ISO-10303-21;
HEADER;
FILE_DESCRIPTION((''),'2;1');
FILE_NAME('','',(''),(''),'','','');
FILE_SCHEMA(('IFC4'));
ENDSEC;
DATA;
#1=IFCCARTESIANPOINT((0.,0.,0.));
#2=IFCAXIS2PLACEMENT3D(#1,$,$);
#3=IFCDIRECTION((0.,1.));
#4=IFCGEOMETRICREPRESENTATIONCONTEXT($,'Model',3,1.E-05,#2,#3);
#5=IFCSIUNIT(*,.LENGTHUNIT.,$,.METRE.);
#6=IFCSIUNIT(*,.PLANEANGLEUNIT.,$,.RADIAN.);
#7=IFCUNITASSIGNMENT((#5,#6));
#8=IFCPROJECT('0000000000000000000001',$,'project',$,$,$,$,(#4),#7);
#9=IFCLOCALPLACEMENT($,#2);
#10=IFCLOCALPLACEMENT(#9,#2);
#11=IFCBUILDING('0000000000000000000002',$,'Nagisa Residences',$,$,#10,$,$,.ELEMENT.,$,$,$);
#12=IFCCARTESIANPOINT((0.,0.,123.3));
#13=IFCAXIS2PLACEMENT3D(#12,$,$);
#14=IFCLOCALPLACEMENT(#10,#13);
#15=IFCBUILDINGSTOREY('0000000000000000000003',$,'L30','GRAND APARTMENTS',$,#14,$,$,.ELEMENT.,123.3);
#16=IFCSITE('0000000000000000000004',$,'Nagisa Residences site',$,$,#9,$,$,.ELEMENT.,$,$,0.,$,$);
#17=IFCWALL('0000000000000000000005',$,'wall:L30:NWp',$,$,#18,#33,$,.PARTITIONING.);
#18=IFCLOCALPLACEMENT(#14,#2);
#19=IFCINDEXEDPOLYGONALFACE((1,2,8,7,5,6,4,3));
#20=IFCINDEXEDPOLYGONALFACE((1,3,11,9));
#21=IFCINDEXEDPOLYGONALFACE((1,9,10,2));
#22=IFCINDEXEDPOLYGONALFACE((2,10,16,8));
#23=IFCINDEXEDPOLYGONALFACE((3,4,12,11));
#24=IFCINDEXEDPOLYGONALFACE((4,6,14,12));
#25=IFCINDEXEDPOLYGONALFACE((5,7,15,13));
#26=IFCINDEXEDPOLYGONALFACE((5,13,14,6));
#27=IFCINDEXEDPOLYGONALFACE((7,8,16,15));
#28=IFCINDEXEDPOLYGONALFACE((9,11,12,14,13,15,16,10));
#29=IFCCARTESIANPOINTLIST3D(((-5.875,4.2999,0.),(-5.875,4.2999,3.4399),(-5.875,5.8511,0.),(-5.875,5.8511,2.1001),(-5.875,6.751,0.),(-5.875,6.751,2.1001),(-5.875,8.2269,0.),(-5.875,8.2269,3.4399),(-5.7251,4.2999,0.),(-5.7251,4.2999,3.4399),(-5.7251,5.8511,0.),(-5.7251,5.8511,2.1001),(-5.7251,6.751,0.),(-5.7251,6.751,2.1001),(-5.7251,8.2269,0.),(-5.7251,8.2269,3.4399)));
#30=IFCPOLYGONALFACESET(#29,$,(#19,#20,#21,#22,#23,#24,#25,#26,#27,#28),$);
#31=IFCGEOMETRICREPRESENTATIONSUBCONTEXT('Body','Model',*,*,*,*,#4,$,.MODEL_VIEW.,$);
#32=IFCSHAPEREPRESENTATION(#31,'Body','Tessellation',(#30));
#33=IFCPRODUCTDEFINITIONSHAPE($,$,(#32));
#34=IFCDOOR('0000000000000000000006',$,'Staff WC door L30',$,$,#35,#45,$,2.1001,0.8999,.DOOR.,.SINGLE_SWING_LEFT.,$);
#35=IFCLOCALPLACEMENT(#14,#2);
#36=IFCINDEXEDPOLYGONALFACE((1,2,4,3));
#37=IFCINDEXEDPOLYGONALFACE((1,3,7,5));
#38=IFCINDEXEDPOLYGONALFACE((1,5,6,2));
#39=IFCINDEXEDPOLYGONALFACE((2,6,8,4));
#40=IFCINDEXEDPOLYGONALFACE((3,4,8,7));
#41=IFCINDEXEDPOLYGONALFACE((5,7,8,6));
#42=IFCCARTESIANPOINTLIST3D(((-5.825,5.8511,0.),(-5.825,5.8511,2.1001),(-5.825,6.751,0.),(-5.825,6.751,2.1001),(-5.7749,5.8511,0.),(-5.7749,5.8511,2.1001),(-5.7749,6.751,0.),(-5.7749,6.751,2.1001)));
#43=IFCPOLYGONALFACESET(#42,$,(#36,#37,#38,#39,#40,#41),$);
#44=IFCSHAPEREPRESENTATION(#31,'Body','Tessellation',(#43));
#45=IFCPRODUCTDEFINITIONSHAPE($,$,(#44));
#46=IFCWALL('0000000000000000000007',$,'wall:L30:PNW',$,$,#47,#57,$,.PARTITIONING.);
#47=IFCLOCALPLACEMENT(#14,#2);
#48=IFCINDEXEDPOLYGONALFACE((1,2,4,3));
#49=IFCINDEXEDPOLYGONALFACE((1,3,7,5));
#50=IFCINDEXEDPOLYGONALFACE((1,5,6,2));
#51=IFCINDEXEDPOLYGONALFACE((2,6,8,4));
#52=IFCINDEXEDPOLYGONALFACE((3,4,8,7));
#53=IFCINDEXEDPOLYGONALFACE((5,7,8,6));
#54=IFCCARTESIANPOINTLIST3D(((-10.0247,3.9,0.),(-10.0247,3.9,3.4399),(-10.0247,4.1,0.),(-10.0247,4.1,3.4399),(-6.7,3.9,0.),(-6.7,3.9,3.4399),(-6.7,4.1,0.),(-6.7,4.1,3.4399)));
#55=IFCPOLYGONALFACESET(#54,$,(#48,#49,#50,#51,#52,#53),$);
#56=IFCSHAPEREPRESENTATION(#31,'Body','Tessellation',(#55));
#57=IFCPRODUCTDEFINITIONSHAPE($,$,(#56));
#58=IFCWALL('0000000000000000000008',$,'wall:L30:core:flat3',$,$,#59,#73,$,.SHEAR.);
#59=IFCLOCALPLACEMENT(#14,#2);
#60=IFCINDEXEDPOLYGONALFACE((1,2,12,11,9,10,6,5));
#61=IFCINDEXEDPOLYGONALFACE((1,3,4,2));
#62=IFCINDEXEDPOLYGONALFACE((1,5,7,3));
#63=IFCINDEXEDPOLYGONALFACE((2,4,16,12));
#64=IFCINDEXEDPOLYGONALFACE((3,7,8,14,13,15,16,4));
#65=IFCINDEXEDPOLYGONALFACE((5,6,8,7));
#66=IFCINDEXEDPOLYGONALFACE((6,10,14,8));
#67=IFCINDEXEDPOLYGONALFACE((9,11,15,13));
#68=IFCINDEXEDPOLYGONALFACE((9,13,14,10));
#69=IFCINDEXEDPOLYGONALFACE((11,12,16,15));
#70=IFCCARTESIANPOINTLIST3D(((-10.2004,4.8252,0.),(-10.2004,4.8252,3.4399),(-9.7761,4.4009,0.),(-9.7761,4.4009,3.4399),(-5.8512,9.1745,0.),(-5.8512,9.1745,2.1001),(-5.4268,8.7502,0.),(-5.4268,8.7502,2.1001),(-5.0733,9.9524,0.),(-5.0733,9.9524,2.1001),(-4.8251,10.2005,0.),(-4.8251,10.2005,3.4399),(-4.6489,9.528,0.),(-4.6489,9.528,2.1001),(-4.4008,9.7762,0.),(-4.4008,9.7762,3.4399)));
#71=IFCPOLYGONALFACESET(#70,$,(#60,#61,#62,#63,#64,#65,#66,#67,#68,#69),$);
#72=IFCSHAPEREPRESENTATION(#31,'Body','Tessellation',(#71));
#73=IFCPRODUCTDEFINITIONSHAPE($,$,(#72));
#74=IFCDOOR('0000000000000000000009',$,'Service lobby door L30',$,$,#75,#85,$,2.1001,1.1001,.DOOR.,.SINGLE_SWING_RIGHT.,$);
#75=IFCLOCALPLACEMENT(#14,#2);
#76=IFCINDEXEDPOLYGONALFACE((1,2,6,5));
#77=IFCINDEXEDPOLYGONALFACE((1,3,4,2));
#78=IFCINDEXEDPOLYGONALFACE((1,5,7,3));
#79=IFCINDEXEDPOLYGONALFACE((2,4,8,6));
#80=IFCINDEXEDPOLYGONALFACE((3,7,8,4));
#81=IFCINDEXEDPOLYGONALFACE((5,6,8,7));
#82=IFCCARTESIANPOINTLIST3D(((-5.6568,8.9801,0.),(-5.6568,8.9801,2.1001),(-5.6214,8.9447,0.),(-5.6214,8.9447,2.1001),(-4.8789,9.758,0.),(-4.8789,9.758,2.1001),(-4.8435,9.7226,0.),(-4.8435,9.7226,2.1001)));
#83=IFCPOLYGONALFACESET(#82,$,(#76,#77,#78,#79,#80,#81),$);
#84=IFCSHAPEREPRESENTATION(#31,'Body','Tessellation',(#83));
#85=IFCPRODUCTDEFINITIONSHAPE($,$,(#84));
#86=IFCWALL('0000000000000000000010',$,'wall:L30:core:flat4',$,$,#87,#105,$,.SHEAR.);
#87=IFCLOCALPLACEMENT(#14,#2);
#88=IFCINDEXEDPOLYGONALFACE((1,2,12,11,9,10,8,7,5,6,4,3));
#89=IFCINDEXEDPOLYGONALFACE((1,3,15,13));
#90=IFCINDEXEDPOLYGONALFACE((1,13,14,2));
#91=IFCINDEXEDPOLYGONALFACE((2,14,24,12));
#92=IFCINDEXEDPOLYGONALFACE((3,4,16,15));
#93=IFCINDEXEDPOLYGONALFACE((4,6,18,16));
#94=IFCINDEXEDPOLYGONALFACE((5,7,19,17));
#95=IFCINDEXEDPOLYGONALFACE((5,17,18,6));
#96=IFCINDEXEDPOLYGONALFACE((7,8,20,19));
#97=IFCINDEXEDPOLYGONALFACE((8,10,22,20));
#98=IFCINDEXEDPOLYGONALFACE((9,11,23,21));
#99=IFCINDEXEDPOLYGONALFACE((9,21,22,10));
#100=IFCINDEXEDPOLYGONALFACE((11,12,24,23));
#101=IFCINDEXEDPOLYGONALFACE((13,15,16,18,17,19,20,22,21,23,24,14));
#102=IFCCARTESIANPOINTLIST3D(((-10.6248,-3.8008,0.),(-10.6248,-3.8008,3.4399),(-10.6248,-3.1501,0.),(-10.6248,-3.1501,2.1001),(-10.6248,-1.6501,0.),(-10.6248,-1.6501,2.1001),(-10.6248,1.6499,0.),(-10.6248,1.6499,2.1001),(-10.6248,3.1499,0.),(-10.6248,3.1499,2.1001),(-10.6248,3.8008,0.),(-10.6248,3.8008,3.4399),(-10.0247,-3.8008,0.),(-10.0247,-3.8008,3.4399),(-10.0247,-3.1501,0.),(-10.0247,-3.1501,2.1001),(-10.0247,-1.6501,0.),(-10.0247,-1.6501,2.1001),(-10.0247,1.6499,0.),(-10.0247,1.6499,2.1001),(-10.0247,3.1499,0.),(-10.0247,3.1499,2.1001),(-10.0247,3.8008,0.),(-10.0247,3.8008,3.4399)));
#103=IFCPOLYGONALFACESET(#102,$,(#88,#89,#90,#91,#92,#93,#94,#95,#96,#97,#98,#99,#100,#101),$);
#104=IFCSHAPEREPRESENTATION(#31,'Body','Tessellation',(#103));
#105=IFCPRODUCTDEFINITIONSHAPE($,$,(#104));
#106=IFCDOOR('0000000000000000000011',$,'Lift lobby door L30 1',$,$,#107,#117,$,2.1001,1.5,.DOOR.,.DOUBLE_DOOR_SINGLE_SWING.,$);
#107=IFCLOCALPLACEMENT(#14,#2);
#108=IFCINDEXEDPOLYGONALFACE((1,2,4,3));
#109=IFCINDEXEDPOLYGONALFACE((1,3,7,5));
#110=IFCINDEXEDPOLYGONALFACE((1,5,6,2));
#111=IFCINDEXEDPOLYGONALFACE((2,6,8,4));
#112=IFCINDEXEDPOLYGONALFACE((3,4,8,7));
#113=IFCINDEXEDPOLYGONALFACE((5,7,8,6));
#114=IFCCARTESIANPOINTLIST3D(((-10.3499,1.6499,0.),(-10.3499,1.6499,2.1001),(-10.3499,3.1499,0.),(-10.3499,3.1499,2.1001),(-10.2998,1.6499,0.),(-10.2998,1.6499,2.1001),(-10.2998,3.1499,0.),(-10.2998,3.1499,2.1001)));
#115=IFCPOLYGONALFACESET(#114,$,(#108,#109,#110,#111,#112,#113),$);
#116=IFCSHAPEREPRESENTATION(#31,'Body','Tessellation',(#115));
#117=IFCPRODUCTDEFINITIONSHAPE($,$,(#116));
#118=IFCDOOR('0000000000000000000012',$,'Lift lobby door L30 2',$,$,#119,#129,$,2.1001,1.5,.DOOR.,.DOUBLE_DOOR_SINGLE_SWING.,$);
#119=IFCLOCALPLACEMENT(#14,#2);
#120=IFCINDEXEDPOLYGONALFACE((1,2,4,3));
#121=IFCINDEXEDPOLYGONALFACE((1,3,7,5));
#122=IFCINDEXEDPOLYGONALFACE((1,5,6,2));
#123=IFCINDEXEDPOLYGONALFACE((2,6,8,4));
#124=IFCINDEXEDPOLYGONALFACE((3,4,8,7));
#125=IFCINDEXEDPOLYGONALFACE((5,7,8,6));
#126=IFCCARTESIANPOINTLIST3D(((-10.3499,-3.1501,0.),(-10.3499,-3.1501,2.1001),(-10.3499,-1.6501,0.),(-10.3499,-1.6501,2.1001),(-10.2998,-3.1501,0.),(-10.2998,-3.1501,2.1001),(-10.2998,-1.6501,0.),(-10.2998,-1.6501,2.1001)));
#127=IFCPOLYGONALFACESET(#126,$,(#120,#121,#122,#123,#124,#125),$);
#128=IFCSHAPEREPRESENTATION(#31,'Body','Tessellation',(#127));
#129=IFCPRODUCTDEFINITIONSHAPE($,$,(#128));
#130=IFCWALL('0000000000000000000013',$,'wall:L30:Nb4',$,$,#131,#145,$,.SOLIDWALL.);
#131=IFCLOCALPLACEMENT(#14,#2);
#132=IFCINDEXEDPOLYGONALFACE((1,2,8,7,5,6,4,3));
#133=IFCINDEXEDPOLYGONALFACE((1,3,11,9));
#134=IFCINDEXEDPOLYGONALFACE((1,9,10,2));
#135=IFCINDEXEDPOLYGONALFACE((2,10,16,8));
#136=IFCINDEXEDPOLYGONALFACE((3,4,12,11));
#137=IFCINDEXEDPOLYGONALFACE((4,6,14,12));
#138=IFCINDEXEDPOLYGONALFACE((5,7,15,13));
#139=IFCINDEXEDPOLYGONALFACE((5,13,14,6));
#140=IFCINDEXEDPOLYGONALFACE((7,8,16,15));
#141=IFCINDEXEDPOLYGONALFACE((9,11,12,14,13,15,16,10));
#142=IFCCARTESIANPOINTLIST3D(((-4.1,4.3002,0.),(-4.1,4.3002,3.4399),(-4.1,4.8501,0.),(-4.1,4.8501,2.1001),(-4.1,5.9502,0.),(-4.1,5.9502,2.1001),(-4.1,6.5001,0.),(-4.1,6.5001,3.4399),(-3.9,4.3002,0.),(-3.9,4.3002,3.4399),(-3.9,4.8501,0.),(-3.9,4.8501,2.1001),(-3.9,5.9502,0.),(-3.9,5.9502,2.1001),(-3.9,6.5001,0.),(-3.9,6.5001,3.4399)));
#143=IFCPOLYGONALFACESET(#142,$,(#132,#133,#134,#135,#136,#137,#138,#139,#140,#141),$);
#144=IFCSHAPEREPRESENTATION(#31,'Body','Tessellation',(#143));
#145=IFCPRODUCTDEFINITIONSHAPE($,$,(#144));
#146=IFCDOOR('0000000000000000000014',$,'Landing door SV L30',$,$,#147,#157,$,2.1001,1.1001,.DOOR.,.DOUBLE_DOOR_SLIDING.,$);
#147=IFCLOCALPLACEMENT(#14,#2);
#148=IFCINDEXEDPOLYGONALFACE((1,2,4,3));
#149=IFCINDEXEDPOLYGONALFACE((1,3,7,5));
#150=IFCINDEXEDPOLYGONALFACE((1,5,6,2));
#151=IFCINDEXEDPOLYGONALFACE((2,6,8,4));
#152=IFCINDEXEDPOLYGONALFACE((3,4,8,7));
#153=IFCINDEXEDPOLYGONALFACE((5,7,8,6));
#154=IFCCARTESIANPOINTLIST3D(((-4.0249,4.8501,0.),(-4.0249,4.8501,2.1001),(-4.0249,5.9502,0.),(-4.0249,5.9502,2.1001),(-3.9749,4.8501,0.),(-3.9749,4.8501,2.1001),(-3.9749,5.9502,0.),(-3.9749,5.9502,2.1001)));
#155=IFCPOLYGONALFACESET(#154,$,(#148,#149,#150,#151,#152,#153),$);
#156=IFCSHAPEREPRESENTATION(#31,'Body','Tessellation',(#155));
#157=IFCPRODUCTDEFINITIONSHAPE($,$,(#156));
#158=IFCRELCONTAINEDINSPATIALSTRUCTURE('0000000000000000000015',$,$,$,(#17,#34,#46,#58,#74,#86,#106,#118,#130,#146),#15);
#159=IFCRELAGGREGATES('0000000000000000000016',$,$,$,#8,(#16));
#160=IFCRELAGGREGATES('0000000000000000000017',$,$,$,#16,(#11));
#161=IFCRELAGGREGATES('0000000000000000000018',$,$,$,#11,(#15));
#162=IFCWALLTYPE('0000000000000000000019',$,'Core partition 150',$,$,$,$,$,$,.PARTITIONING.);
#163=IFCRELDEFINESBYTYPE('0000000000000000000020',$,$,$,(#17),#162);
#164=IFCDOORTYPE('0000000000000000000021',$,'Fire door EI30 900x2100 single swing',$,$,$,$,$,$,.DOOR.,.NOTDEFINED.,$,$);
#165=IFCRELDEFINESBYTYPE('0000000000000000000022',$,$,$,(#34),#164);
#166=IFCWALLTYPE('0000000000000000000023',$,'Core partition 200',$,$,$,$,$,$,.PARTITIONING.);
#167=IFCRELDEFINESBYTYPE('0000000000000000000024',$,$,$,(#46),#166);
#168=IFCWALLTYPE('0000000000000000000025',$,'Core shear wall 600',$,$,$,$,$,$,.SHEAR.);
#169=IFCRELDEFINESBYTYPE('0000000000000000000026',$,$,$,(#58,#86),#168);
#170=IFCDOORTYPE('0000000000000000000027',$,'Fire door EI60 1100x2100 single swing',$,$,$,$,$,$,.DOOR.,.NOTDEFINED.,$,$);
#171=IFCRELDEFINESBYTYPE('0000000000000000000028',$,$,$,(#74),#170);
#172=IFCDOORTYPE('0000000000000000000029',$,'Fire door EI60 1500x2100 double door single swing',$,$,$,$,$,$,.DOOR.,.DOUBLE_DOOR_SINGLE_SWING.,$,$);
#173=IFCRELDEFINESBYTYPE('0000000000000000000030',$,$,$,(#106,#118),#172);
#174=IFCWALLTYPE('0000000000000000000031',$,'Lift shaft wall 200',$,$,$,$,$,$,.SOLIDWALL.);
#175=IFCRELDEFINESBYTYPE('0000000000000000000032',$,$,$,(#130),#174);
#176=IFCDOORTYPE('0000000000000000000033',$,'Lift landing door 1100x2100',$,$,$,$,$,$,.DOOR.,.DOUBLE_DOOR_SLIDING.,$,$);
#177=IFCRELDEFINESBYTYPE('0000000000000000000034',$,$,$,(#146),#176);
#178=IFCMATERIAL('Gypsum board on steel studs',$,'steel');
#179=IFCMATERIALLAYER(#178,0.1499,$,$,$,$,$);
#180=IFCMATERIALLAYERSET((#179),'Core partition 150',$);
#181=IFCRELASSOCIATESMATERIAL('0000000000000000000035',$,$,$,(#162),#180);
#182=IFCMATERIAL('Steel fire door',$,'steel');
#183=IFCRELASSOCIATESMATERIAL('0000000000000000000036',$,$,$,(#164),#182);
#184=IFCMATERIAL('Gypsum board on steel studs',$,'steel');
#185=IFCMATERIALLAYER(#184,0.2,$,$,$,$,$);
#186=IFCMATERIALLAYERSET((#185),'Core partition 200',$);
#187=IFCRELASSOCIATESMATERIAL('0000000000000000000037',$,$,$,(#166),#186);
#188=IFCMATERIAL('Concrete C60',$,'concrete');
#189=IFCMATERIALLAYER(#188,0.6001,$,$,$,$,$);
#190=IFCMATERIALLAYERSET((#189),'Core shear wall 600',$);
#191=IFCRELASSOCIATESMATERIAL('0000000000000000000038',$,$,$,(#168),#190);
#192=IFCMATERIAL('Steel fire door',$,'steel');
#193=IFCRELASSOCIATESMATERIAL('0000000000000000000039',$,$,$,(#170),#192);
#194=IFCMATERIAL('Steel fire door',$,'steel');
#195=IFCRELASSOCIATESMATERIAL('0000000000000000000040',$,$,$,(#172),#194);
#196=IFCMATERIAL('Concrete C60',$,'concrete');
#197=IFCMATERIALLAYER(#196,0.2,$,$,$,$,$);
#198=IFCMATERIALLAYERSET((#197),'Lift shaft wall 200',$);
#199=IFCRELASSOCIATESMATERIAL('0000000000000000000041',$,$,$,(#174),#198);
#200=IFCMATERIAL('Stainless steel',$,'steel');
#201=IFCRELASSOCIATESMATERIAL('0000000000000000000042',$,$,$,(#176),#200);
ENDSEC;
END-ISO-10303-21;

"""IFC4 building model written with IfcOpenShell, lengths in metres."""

from ifc_helpers import new_model, si_unit, direction, frame, frame_2d, origin, place, context, subcontext, project, spatial, rectangle, extrude, material, layer, layer_set, type_object, element, fill, save


model = new_model("IFC4")

# Units and contexts
model_context = context("Model", 3, precision=1e-05, world=origin(), true_north=direction((0.0, 1.0)))
body_context = subcontext(model_context, "Body", "Model", "MODEL_VIEW")
ifc_project = project(units=[si_unit("LENGTHUNIT", "METRE"), si_unit("PLANEANGLEUNIT", "RADIAN")], contexts=[model_context])

# Site, building, storey
site_placement = place(None, origin())
site = spatial("IfcSite", under=ifc_project, at=site_placement, Name="Nagisa Residences site", CompositionType="ELEMENT", RefElevation=0.0)
building_placement = place(site_placement, origin())
building = spatial("IfcBuilding", under=site, at=building_placement, Name="Nagisa Residences", CompositionType="ELEMENT")
storey_placement = place(building_placement, frame((0.0, 0.0, 123.3)))
storey = spatial("IfcBuildingStorey", under=building, at=storey_placement, Name="L30", Description="GRAND APARTMENTS", CompositionType="ELEMENT", Elevation=123.3)

# Wall, opening, door
ifc_material_1 = material(Name="Gypsum board on steel studs", Category="steel")
ifc_layer_1 = layer(ifc_material_1, 0.1499)
ifc_layer_set_1 = layer_set([ifc_layer_1], Name="Core partition 150")
wall_type_1 = type_object("IfcWallType", Name="Core partition 150", PredefinedType="PARTITIONING", material=ifc_layer_set_1)
wall_1_placement = place(storey_placement, frame((-5.8, 4.3, 0.0), z_axis=(0.0, 0.0, 1.0), x_axis=(0.0, 1.0, 0.0)))
wall_1 = element("IfcWall", 1, at=wall_1_placement, inside=storey, type_object=wall_type_1, Name="wall:L30:NWp", PredefinedType="PARTITIONING", context=body_context, shape_type="SweptSolid", body=[
    extrude(rectangle(XDim=3.927, YDim=0.1499, at=frame_2d((1.9634, 0.0))), origin(), (0.0, 0.0, 1.0), 3.4399),
])
opening_1_placement = place(wall_1_placement, frame((1.551, 0.0, 0.0)))
opening_1 = element("IfcOpeningElement", 2, at=opening_1_placement, cuts=wall_1, PredefinedType="OPENING", context=body_context, shape_type="SweptSolid", body=[
    extrude(rectangle(XDim=0.8999, YDim=2.1001, at=frame_2d((0.45, 1.05))), frame((0.0, 0.085, 0.0), z_axis=(0.0, -1.0, 0.0), x_axis=(1.0, 0.0, 0.0)), (0.0, 0.0, 1.0), 0.1699),
])
ifc_material_2 = material(Name="Steel fire door", Category="steel")
door_type_1 = type_object("IfcDoorType", Name="Fire door EI30 900x2100 single swing", OperationType="NOTDEFINED", PredefinedType="DOOR", material=ifc_material_2)
door_1_placement = place(opening_1_placement, origin())
door_1 = element("IfcDoor", 3, at=door_1_placement, inside=storey, type_object=door_type_1, Name="Staff WC door L30", OperationType="SINGLE_SWING_LEFT", OverallHeight=2.1001, OverallWidth=0.8999, PredefinedType="DOOR", context=body_context, shape_type="SweptSolid", body=[
    extrude(rectangle(XDim=0.8999, YDim=2.1001, at=frame_2d((0.45, 1.05))), frame((0.0, 0.0249, 0.0), z_axis=(0.0, -1.0, 0.0), x_axis=(1.0, 0.0, 0.0)), (0.0, 0.0, 1.0), 0.05),
])
fill(opening_1, door_1)

# Wall
ifc_material_3 = material(Name="Gypsum board on steel studs", Category="steel")
ifc_layer_2 = layer(ifc_material_3, 0.2)
ifc_layer_set_2 = layer_set([ifc_layer_2], Name="Core partition 200")
wall_type_2 = type_object("IfcWallType", Name="Core partition 200", PredefinedType="PARTITIONING", material=ifc_layer_set_2)
wall_2_placement = place(storey_placement, frame((-10.0247, 4.0, 0.0), z_axis=(0.0, 0.0, 1.0), x_axis=(1.0, 0.0, 0.0)))
element("IfcWall", 4, at=wall_2_placement, inside=storey, type_object=wall_type_2, Name="wall:L30:PNW", PredefinedType="PARTITIONING", context=body_context, shape_type="SweptSolid", body=[
    extrude(rectangle(XDim=3.3247, YDim=0.2, at=frame_2d((1.6624, 0.0))), origin(), (0.0, 0.0, 1.0), 3.4399),
])

# Wall, opening, door
ifc_material_4 = material(Name="Concrete C60", Category="concrete")
ifc_layer_3 = layer(ifc_material_4, 0.6001)
ifc_layer_set_3 = layer_set([ifc_layer_3], Name="Core shear wall 600")
wall_type_3 = type_object("IfcWallType", Name="Core shear wall 600", PredefinedType="SHEAR", material=ifc_layer_set_3)
wall_3_placement = place(storey_placement, frame((-4.613, 9.9883, 0.0), z_axis=(0.0, 0.0, 1.0), x_axis=(-0.707107, -0.707107, 0.0)))
wall_3 = element("IfcWall", 5, at=wall_3_placement, inside=storey, type_object=wall_type_3, Name="wall:L30:core:flat3", PredefinedType="SHEAR", context=body_context, shape_type="SweptSolid", body=[
    extrude(rectangle(XDim=7.6018, YDim=0.6001, at=frame_2d((3.8008, 0.0))), origin(), (0.0, 0.0, 1.0), 3.4399),
])
opening_2_placement = place(wall_3_placement, frame((0.3508, 0.0, 0.0)))
opening_2 = element("IfcOpeningElement", 6, at=opening_2_placement, cuts=wall_3, PredefinedType="OPENING", context=body_context, shape_type="SweptSolid", body=[
    extrude(rectangle(XDim=1.1001, YDim=2.1001, at=frame_2d((0.55, 1.05))), frame((0.0, 0.3101, 0.0), z_axis=(0.0, -1.0, 0.0), x_axis=(1.0, 0.0, 0.0)), (0.0, 0.0, 1.0), 0.6201),
])
ifc_material_5 = material(Name="Steel fire door", Category="steel")
door_type_2 = type_object("IfcDoorType", Name="Fire door EI60 1100x2100 single swing", OperationType="NOTDEFINED", PredefinedType="DOOR", material=ifc_material_5)
door_2_placement = place(opening_2_placement, origin())
door_2 = element("IfcDoor", 7, at=door_2_placement, inside=storey, type_object=door_type_2, Name="Service lobby door L30", OperationType="SINGLE_SWING_RIGHT", OverallHeight=2.1001, OverallWidth=1.1001, PredefinedType="DOOR", context=body_context, shape_type="SweptSolid", body=[
    extrude(rectangle(XDim=1.1001, YDim=2.1001, at=frame_2d((0.55, 1.05))), frame((0.0, 0.0249, 0.0), z_axis=(0.0, -1.0, 0.0), x_axis=(1.0, 0.0, 0.0)), (0.0, 0.0, 1.0), 0.05),
])
fill(opening_2, door_2)

# Wall, openings, doors
wall_4_placement = place(storey_placement, frame((-10.3247, 3.8008, 0.0), z_axis=(0.0, 0.0, 1.0), x_axis=(0.0, -1.0, 0.0)))
wall_4 = element("IfcWall", 8, at=wall_4_placement, inside=storey, type_object=wall_type_3, Name="wall:L30:core:flat4", PredefinedType="SHEAR", context=body_context, shape_type="SweptSolid", body=[
    extrude(rectangle(XDim=7.6016, YDim=0.6001, at=frame_2d((3.8008, 0.0))), origin(), (0.0, 0.0, 1.0), 3.4399),
])
opening_3_placement = place(wall_4_placement, frame((0.6509, 0.0, 0.0)))
opening_3 = element("IfcOpeningElement", 9, at=opening_3_placement, cuts=wall_4, PredefinedType="OPENING", context=body_context, shape_type="SweptSolid", body=[
    extrude(rectangle(XDim=1.5, YDim=2.1001, at=frame_2d((0.75, 1.05))), frame((0.0, 0.3101, 0.0), z_axis=(0.0, -1.0, 0.0), x_axis=(1.0, 0.0, 0.0)), (0.0, 0.0, 1.0), 0.6201),
])
opening_4_placement = place(wall_4_placement, frame((5.4509, 0.0, 0.0)))
opening_4 = element("IfcOpeningElement", 10, at=opening_4_placement, cuts=wall_4, PredefinedType="OPENING", context=body_context, shape_type="SweptSolid", body=[
    extrude(rectangle(XDim=1.5, YDim=2.1001, at=frame_2d((0.75, 1.05))), frame((0.0, 0.3101, 0.0), z_axis=(0.0, -1.0, 0.0), x_axis=(1.0, 0.0, 0.0)), (0.0, 0.0, 1.0), 0.6201),
])
ifc_material_6 = material(Name="Steel fire door", Category="steel")
door_type_3 = type_object("IfcDoorType", Name="Fire door EI60 1500x2100 double door single swing", OperationType="DOUBLE_DOOR_SINGLE_SWING", PredefinedType="DOOR", material=ifc_material_6)
door_3_placement = place(opening_3_placement, origin())
door_3 = element("IfcDoor", 11, at=door_3_placement, inside=storey, type_object=door_type_3, Name="Lift lobby door L30 1", OperationType="DOUBLE_DOOR_SINGLE_SWING", OverallHeight=2.1001, OverallWidth=1.5, PredefinedType="DOOR", context=body_context, shape_type="SweptSolid", body=[
    extrude(rectangle(XDim=1.5, YDim=2.1001, at=frame_2d((0.75, 1.05))), frame((0.0, 0.0249, 0.0), z_axis=(0.0, -1.0, 0.0), x_axis=(1.0, 0.0, 0.0)), (0.0, 0.0, 1.0), 0.05),
])
fill(opening_3, door_3)
door_4_placement = place(opening_4_placement, origin())
door_4 = element("IfcDoor", 12, at=door_4_placement, inside=storey, type_object=door_type_3, Name="Lift lobby door L30 2", OperationType="DOUBLE_DOOR_SINGLE_SWING", OverallHeight=2.1001, OverallWidth=1.5, PredefinedType="DOOR", context=body_context, shape_type="SweptSolid", body=[
    extrude(rectangle(XDim=1.5, YDim=2.1001, at=frame_2d((0.75, 1.05))), frame((0.0, 0.0249, 0.0), z_axis=(0.0, -1.0, 0.0), x_axis=(1.0, 0.0, 0.0)), (0.0, 0.0, 1.0), 0.05),
])
fill(opening_4, door_4)

# Wall, opening, door
ifc_material_7 = material(Name="Concrete C60", Category="concrete")
ifc_layer_4 = layer(ifc_material_7, 0.2)
ifc_layer_set_4 = layer_set([ifc_layer_4], Name="Lift shaft wall 200")
wall_type_4 = type_object("IfcWallType", Name="Lift shaft wall 200", PredefinedType="SOLIDWALL", material=ifc_layer_set_4)
wall_5_placement = place(storey_placement, frame((-4.0, 4.3, 0.0), z_axis=(0.0, 0.0, 1.0), x_axis=(0.0, 1.0, 0.0)))
wall_5 = element("IfcWall", 13, at=wall_5_placement, inside=storey, type_object=wall_type_4, Name="wall:L30:Nb4", PredefinedType="SOLIDWALL", context=body_context, shape_type="SweptSolid", body=[
    extrude(rectangle(XDim=2.2, YDim=0.2, at=frame_2d((1.1001, 0.0))), origin(), (0.0, 0.0, 1.0), 3.4399),
])
opening_5_placement = place(wall_5_placement, frame((0.55, 0.0, 0.0)))
opening_5 = element("IfcOpeningElement", 14, at=opening_5_placement, cuts=wall_5, PredefinedType="OPENING", context=body_context, shape_type="SweptSolid", body=[
    extrude(rectangle(XDim=1.1001, YDim=2.1001, at=frame_2d((0.55, 1.05))), frame((0.0, 0.1099, 0.0), z_axis=(0.0, -1.0, 0.0), x_axis=(1.0, 0.0, 0.0)), (0.0, 0.0, 1.0), 0.22),
])
ifc_material_8 = material(Name="Stainless steel", Category="steel")
door_type_4 = type_object("IfcDoorType", Name="Lift landing door 1100x2100", OperationType="DOUBLE_DOOR_SLIDING", PredefinedType="DOOR", material=ifc_material_8)
door_5_placement = place(opening_5_placement, origin())
door_5 = element("IfcDoor", 15, at=door_5_placement, inside=storey, type_object=door_type_4, Name="Landing door SV L30", OperationType="DOUBLE_DOOR_SLIDING", OverallHeight=2.1001, OverallWidth=1.1001, PredefinedType="DOOR", context=body_context, shape_type="SweptSolid", body=[
    extrude(rectangle(XDim=1.1001, YDim=2.1001, at=frame_2d((0.55, 1.05))), frame((0.0, 0.0249, 0.0), z_axis=(0.0, -1.0, 0.0), x_axis=(1.0, 0.0, 0.0)), (0.0, 0.0, 1.0), 0.05),
])
fill(opening_5, door_5)

save(model, "model.ifc")
